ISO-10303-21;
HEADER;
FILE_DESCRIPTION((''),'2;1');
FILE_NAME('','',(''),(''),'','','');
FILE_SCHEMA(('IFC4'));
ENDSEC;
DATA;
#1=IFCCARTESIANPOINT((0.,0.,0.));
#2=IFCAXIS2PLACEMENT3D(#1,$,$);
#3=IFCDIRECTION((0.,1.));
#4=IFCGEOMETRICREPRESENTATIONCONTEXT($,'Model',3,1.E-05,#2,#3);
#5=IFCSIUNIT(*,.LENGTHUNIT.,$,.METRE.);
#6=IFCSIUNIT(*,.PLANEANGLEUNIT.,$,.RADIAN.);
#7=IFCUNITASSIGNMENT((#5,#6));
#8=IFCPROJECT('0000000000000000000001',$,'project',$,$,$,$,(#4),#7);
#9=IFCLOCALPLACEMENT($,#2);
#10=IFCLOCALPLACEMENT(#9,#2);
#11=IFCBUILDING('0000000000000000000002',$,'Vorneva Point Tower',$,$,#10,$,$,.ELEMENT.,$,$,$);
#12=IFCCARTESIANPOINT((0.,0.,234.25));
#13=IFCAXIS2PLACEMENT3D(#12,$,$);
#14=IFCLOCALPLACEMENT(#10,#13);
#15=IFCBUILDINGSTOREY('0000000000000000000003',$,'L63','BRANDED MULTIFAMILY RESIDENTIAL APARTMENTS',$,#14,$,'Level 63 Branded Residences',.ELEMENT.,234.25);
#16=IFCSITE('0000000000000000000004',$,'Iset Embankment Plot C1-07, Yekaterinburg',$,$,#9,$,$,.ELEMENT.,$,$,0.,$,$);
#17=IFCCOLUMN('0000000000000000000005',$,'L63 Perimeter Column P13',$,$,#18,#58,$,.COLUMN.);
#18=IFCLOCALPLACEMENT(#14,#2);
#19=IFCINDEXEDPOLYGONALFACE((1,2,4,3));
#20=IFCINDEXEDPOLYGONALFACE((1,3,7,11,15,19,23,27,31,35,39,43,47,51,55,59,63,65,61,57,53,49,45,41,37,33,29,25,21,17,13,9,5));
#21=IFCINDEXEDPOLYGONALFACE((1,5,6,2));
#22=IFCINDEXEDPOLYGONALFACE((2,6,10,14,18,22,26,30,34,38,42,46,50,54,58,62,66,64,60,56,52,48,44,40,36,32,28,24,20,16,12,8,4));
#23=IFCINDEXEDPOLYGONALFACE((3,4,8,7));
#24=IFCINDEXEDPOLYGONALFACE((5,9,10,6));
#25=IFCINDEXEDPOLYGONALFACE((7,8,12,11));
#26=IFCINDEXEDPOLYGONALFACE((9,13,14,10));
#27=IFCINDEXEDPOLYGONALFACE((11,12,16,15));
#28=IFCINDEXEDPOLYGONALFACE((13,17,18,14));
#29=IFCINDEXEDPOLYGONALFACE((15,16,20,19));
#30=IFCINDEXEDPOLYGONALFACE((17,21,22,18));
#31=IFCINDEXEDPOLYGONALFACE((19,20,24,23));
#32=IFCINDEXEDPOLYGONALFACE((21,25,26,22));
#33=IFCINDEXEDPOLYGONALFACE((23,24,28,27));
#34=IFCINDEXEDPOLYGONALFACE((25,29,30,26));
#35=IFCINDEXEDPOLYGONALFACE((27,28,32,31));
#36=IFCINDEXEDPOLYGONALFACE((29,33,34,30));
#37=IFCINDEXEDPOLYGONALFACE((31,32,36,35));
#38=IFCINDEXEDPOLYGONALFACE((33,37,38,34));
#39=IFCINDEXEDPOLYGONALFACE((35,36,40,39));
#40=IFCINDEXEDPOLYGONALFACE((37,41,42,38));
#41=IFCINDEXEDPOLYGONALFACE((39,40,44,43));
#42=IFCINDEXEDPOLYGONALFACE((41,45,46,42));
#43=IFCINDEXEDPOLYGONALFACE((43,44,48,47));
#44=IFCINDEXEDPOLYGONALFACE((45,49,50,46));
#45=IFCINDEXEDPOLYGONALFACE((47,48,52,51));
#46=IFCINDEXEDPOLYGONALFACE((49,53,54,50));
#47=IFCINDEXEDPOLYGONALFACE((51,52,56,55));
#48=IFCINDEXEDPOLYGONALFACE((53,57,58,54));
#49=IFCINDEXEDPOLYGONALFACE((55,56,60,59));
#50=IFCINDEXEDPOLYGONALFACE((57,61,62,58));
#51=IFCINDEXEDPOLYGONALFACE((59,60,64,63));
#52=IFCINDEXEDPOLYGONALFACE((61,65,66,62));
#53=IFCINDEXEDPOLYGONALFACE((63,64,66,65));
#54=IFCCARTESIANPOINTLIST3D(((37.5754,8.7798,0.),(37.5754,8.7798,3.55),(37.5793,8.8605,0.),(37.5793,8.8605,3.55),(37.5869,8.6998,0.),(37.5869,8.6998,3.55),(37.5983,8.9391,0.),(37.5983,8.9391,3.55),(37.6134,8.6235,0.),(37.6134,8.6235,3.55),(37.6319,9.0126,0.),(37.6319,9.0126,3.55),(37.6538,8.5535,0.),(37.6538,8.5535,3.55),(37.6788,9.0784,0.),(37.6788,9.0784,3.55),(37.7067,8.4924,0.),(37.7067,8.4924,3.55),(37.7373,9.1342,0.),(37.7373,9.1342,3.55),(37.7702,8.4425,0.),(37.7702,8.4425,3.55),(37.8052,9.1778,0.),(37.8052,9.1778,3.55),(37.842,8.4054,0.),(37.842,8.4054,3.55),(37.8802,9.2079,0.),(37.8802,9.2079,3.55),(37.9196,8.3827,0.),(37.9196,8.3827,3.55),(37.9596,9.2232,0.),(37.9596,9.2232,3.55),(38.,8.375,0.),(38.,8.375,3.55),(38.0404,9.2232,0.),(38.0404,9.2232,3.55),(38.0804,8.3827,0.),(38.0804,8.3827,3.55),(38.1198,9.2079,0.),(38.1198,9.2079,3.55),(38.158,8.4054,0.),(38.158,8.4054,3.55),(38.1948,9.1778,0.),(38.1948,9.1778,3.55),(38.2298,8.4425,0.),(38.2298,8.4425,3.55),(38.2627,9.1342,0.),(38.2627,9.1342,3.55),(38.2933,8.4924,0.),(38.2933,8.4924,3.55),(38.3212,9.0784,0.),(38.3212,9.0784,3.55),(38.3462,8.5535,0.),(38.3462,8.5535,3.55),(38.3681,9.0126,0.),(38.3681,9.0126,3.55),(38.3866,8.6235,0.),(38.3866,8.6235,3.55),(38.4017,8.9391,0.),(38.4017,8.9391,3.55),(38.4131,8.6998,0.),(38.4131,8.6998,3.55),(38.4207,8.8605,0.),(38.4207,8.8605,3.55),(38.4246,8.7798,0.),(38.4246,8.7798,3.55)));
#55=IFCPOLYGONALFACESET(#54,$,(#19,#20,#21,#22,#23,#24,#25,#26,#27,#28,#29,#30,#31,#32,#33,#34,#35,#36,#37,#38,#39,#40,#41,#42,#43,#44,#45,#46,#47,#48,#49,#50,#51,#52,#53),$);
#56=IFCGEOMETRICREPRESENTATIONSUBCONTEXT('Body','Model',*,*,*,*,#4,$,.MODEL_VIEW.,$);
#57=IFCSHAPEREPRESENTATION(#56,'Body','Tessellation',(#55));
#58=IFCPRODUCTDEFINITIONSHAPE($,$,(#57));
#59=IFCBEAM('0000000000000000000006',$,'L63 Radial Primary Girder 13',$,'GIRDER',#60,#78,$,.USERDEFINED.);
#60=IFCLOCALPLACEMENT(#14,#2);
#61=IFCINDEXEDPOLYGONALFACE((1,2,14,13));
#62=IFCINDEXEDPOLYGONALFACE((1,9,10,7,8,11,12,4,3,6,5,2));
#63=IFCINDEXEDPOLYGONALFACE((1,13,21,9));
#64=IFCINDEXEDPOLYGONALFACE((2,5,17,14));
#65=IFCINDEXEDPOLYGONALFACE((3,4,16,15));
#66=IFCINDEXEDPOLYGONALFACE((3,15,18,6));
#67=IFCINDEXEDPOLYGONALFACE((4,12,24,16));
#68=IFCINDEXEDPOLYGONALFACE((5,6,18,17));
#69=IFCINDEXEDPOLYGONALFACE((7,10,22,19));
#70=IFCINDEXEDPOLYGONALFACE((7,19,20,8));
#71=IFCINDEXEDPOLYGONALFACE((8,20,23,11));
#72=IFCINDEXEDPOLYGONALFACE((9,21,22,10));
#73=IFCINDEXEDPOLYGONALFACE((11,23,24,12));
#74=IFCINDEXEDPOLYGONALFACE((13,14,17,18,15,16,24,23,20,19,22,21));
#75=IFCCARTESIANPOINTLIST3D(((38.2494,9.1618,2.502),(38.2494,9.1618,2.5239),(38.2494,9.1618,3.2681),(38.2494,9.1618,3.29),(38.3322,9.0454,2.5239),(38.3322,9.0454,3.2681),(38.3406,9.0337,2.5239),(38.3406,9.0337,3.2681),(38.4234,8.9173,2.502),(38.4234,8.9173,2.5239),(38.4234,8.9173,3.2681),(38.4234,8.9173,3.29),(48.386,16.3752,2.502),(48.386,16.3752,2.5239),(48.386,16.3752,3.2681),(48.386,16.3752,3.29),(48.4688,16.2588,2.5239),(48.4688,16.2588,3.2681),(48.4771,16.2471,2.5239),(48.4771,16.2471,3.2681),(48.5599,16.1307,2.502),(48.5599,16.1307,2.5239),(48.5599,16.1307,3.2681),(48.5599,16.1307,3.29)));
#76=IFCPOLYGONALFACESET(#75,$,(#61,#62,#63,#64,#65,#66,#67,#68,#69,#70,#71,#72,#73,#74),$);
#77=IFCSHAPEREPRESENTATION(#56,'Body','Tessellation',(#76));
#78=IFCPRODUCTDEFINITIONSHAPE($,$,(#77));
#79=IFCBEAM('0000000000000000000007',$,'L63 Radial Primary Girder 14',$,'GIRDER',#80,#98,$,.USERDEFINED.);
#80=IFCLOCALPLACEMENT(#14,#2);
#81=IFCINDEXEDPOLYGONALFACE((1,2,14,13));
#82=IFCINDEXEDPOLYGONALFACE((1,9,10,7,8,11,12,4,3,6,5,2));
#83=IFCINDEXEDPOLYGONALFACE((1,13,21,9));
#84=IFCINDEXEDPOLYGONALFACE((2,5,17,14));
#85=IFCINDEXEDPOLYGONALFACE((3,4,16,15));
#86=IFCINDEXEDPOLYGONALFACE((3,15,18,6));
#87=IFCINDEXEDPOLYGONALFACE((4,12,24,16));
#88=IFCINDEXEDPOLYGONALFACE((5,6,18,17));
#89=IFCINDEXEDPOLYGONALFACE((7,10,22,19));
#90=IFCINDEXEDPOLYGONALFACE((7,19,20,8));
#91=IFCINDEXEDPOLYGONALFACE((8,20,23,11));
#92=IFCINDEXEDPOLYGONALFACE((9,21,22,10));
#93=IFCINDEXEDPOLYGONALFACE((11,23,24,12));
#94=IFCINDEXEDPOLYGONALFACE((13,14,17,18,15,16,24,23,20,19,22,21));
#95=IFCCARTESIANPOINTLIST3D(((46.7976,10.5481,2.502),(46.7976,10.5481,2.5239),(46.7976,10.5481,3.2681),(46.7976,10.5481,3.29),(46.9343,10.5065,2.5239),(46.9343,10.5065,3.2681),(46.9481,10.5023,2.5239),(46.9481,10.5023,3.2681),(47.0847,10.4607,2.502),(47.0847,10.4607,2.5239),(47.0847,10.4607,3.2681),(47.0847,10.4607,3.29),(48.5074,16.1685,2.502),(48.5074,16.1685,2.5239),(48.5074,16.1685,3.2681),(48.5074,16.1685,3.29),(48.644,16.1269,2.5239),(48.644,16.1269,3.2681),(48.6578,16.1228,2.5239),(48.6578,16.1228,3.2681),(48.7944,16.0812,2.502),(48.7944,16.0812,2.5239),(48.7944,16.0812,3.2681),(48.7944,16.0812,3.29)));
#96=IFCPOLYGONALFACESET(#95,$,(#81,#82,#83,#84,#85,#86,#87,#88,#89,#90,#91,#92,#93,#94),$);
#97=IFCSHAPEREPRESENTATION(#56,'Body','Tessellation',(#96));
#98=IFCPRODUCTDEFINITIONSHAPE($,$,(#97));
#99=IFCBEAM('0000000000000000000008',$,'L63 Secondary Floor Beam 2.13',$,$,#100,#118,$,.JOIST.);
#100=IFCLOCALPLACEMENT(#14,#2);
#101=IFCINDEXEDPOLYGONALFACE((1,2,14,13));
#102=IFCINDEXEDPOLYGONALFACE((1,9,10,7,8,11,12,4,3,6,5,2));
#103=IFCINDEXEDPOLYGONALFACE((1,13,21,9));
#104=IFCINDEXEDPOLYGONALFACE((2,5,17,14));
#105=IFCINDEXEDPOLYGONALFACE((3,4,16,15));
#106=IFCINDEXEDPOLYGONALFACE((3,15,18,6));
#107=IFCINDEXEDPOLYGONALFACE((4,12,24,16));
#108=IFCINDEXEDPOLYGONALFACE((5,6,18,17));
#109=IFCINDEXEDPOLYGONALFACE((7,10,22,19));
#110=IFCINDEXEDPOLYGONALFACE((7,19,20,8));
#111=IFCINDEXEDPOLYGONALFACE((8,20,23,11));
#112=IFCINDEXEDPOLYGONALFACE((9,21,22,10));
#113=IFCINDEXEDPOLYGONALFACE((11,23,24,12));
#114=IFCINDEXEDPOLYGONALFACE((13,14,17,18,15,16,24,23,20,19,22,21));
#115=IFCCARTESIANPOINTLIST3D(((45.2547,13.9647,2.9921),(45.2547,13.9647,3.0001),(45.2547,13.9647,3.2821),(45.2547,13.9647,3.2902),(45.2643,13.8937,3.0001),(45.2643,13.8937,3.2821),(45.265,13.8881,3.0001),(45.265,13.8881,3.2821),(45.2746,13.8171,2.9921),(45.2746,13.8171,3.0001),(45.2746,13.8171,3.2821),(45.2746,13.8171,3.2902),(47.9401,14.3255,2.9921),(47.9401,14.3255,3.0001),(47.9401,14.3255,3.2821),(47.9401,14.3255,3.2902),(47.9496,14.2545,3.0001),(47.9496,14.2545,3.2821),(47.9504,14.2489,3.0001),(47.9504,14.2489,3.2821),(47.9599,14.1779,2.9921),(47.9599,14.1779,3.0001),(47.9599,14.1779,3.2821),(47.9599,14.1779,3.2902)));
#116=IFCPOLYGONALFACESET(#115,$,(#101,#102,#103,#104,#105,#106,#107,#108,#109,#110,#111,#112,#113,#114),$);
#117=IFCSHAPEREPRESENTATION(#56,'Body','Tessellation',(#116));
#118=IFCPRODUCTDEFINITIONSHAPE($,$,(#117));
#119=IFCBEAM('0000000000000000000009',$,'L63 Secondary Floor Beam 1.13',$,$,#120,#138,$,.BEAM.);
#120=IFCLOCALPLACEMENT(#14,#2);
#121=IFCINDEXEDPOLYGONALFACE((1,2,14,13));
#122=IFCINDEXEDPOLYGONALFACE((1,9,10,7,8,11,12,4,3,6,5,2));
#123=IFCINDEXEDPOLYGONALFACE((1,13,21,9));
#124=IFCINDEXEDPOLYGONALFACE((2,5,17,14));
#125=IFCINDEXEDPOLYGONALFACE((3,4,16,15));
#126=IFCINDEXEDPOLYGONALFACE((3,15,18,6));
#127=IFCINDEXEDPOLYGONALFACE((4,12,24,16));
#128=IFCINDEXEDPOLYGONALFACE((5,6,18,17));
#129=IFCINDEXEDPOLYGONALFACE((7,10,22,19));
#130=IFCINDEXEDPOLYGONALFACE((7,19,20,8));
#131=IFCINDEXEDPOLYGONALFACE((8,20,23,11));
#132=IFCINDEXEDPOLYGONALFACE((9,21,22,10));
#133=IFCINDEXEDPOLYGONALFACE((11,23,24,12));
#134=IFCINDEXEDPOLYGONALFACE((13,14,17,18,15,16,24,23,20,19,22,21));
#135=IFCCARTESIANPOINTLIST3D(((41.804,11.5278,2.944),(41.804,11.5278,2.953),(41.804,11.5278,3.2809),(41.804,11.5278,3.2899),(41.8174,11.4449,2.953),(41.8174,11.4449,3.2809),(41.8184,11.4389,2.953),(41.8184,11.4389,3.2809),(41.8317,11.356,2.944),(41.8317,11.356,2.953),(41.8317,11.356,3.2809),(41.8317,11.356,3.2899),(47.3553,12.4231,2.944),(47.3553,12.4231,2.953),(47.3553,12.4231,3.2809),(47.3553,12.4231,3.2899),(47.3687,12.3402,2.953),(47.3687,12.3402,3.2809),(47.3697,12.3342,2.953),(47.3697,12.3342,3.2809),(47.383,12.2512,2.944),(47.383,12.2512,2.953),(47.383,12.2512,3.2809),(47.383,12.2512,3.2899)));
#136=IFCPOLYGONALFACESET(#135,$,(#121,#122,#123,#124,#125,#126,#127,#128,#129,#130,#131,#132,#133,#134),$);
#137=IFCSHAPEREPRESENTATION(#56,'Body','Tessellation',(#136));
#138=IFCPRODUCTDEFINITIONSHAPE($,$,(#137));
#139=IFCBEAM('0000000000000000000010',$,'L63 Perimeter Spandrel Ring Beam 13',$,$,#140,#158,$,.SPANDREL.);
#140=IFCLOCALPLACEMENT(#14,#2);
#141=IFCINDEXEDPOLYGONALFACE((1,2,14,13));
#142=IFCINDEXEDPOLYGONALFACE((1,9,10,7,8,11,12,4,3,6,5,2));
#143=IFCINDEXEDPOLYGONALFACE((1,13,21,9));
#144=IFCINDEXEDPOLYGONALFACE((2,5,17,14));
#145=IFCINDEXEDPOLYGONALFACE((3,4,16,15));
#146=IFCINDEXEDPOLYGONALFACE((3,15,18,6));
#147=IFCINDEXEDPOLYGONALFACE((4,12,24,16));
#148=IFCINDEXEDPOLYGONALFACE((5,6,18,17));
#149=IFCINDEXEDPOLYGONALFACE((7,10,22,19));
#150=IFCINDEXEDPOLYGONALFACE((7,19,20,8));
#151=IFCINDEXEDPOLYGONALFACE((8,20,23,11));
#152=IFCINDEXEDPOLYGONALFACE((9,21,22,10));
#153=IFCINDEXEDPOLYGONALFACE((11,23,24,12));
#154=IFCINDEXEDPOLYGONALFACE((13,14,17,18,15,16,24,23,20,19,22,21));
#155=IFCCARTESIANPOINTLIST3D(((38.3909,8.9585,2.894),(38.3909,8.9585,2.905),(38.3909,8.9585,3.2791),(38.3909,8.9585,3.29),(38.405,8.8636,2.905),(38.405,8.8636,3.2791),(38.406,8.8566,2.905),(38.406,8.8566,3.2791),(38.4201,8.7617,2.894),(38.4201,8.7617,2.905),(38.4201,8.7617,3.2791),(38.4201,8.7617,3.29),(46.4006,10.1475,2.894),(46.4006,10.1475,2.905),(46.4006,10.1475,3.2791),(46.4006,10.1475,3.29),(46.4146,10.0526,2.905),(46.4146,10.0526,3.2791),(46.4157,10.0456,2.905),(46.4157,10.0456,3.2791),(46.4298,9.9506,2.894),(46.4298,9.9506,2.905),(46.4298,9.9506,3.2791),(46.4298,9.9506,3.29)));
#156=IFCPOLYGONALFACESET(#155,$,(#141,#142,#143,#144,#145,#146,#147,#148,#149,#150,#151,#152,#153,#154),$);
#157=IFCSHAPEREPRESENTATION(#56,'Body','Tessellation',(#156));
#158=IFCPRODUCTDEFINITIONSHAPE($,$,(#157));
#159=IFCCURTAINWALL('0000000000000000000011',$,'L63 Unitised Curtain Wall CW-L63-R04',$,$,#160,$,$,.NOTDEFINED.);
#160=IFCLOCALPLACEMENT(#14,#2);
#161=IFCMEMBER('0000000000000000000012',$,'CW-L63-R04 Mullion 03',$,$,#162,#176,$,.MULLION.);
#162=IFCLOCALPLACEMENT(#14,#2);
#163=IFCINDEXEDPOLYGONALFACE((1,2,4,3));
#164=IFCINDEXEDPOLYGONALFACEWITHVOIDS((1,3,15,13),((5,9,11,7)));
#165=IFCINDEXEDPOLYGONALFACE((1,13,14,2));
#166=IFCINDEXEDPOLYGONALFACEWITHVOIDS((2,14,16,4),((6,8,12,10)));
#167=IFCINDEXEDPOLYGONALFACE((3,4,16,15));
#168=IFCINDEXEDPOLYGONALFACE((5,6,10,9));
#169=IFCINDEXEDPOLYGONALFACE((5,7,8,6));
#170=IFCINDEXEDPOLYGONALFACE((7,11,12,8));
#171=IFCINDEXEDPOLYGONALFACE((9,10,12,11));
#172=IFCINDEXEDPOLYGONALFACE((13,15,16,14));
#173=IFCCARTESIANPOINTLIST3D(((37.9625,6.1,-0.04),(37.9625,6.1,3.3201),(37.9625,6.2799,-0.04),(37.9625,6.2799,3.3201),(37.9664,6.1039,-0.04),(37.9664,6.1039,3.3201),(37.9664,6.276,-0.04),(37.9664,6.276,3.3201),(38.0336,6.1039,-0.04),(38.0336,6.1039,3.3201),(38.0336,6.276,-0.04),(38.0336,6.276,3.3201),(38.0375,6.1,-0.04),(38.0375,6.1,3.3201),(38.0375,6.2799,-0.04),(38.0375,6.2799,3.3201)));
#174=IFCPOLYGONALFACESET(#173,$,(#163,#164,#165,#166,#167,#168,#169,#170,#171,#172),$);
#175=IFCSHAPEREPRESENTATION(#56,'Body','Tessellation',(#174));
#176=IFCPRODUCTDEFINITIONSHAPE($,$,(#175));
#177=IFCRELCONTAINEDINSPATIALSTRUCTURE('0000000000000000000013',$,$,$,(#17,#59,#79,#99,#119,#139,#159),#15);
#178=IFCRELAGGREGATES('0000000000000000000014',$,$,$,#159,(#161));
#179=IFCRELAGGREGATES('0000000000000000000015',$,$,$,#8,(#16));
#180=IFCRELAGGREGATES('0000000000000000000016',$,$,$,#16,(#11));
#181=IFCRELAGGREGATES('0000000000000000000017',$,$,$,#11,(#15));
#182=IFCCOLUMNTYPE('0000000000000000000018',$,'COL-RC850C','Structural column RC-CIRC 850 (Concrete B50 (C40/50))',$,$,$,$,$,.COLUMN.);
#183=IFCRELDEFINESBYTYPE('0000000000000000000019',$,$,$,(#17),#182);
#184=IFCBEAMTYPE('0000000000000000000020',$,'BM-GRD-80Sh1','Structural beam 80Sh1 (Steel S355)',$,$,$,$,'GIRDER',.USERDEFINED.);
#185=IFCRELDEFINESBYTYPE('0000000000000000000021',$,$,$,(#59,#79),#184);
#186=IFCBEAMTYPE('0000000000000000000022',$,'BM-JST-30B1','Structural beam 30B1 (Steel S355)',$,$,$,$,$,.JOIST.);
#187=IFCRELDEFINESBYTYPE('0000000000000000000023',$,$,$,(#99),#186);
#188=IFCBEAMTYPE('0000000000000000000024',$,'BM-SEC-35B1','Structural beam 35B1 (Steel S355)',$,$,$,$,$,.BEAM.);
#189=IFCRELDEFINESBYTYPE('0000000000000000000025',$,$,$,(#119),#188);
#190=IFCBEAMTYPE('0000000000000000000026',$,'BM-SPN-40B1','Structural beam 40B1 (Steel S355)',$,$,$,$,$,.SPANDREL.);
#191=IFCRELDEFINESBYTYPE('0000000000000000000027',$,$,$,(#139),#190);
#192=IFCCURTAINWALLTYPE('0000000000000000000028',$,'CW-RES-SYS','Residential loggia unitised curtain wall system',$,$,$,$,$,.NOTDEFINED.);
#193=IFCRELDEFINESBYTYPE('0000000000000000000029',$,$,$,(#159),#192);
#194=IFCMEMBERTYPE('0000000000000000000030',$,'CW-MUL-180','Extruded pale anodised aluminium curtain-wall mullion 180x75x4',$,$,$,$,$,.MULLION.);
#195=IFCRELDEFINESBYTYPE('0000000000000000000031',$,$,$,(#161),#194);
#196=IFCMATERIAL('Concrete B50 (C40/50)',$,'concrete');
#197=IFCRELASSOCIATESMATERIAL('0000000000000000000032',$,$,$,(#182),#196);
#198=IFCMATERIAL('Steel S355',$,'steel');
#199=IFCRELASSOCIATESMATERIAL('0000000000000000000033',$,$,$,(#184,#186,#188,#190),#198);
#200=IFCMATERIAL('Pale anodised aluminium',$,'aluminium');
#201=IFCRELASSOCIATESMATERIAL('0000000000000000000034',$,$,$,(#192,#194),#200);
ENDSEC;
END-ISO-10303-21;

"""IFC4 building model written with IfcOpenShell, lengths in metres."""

from ifc_helpers import new_model, si_unit, direction, frame, origin, origin_2d, place, context, subcontext, project, spatial, hollow_rectangle, circle, i_section, extrude, material, material_profile, profile_set, type_object, element, aggregate, save


model = new_model("IFC4")

# Units and contexts
model_context = context("Model", 3, precision=1e-05, world=origin(), true_north=direction((0.0, 1.0)))
body_context = subcontext(model_context, "Body", "Model", "MODEL_VIEW")
ifc_project = project(units=[si_unit("LENGTHUNIT", "METRE"), si_unit("PLANEANGLEUNIT", "RADIAN")], contexts=[model_context])

# Site, building, storey
site_placement = place(None, origin())
site = spatial("IfcSite", under=ifc_project, at=site_placement, Name="Iset Embankment Plot C1-07, Yekaterinburg", CompositionType="ELEMENT", RefElevation=0.0)
building_placement = place(site_placement, origin())
building = spatial("IfcBuilding", under=site, at=building_placement, Name="Vorneva Point Tower", CompositionType="ELEMENT")
storey_placement = place(building_placement, frame((0.0, 0.0, 234.25)))
storey = spatial("IfcBuildingStorey", under=building, at=storey_placement, Name="L63", Description="BRANDED MULTIFAMILY RESIDENTIAL APARTMENTS", LongName="Level 63 Branded Residences", CompositionType="ELEMENT", Elevation=234.25)

# Column
ifc_material_1 = material(Name="Concrete B50 (C40/50)", Category="concrete")
ifc_material_profile_1 = material_profile(ifc_material_1, circle(Radius=0.425, at=origin_2d()), Name="RC-CIRC 850")
ifc_profile_set_1 = profile_set([ifc_material_profile_1], Name="Concrete B50 (C40/50)")
column_type = type_object("IfcColumnType", Name="COL-RC850C", Description="Structural column RC-CIRC 850 (Concrete B50 (C40/50))", PredefinedType="COLUMN", material=ifc_profile_set_1)
for number, where, z_axis, x_axis, name in (
    (1, (38.0, 8.8, 0.0), (0.0, 0.0, 1.0), (0.0, -1.0, 0.0), "L63 Perimeter Column P13"),
):
    element("IfcColumn", number, at=place(storey_placement, frame(where, z_axis=z_axis, x_axis=x_axis)), inside=storey, type_object=column_type, Name=name, PredefinedType="COLUMN", context=body_context, shape_type="SweptSolid", body=[
        extrude(circle(Radius=0.425, at=origin_2d()), origin(), (0.0, 0.0, 1.0), 3.55),
    ])

# Beams
ifc_material_2 = material(Name="Steel S355", Category="steel")
ifc_material_profile_2 = material_profile(ifc_material_2, i_section(OverallWidth=0.3, OverallDepth=0.7881, WebThickness=0.0144, FlangeThickness=0.022, at=origin_2d()), Name="80Sh1")
ifc_profile_set_2 = profile_set([ifc_material_profile_2], Name="Steel S355")
beam_type_1 = type_object("IfcBeamType", Name="BM-GRD-80Sh1", Description="Structural beam 80Sh1 (Steel S355)", ElementType="GIRDER", PredefinedType="USERDEFINED", material=ifc_profile_set_2)
beam_1_placement = place(storey_placement, frame((38.3364, 9.0396, 2.896), z_axis=(0.814757, 0.579802, 0.0), x_axis=(-0.579802, 0.814757, 0.0)))
element("IfcBeam", 2, at=beam_1_placement, inside=storey, type_object=beam_type_1, Name="L63 Radial Primary Girder 13", ObjectType="GIRDER", PredefinedType="USERDEFINED", context=body_context, shape_type="SweptSolid", body=[
    extrude(i_section(OverallWidth=0.3, OverallDepth=0.7881, WebThickness=0.0144, FlangeThickness=0.022, at=origin_2d()), origin(), (0.0, 0.0, 1.0), 12.4412),
])
beam_2_placement = place(storey_placement, frame((46.9412, 10.5044, 2.896), z_axis=(0.291033, 0.956713, 0.0), x_axis=(-0.956713, 0.291033, 0.0)))
element("IfcBeam", 3, at=beam_2_placement, inside=storey, type_object=beam_type_1, Name="L63 Radial Primary Girder 14", ObjectType="GIRDER", PredefinedType="USERDEFINED", context=body_context, shape_type="SweptSolid", body=[
    extrude(i_section(OverallWidth=0.3, OverallDepth=0.7881, WebThickness=0.0144, FlangeThickness=0.022, at=origin_2d()), origin(), (0.0, 0.0, 1.0), 5.8748),
])
ifc_material_profile_3 = material_profile(ifc_material_2, i_section(OverallWidth=0.1489, OverallDepth=0.2981, WebThickness=0.0056, FlangeThickness=0.0081, at=origin_2d()), Name="30B1")
ifc_profile_set_3 = profile_set([ifc_material_profile_3], Name="Steel S355")
beam_type_2 = type_object("IfcBeamType", Name="BM-JST-30B1", Description="Structural beam 30B1 (Steel S355)", PredefinedType="JOIST", material=ifc_profile_set_3)
beam_3_placement = place(storey_placement, frame((45.2646, 13.8909, 3.1411), z_axis=(0.991092, 0.133179, 0.0), x_axis=(-0.133179, 0.991092, 0.0)))
element("IfcBeam", 4, at=beam_3_placement, inside=storey, type_object=beam_type_2, Name="L63 Secondary Floor Beam 2.13", PredefinedType="JOIST", context=body_context, shape_type="SweptSolid", body=[
    extrude(i_section(OverallWidth=0.1489, OverallDepth=0.2981, WebThickness=0.0056, FlangeThickness=0.0081, at=origin_2d()), origin(), (0.0, 0.0, 1.0), 2.7095),
])
ifc_material_profile_4 = material_profile(ifc_material_2, i_section(OverallWidth=0.1741, OverallDepth=0.3459, WebThickness=0.0061, FlangeThickness=0.009, at=origin_2d()), Name="35B1")
ifc_profile_set_4 = profile_set([ifc_material_profile_4], Name="Steel S355")
beam_type_3 = type_object("IfcBeamType", Name="BM-SEC-35B1", Description="Structural beam 35B1 (Steel S355)", PredefinedType="BEAM", material=ifc_profile_set_4)
beam_4_placement = place(storey_placement, frame((41.8179, 11.4419, 3.1169), z_axis=(0.987244, 0.159215, 0.0), x_axis=(-0.159215, 0.987244, 0.0)))
element("IfcBeam", 5, at=beam_4_placement, inside=storey, type_object=beam_type_3, Name="L63 Secondary Floor Beam 1.13", PredefinedType="BEAM", context=body_context, shape_type="SweptSolid", body=[
    extrude(i_section(OverallWidth=0.1741, OverallDepth=0.3459, WebThickness=0.0061, FlangeThickness=0.009, at=origin_2d()), origin(), (0.0, 0.0, 1.0), 5.623),
])
ifc_material_profile_5 = material_profile(ifc_material_2, i_section(OverallWidth=0.199, OverallDepth=0.396, WebThickness=0.0071, FlangeThickness=0.011, at=origin_2d()), Name="40B1")
ifc_profile_set_5 = profile_set([ifc_material_profile_5], Name="Steel S355")
beam_type_4 = type_object("IfcBeamType", Name="BM-SPN-40B1", Description="Structural beam 40B1 (Steel S355)", PredefinedType="SPANDREL", material=ifc_profile_set_5)
beam_5_placement = place(storey_placement, frame((38.4055, 8.8601, 3.092), z_axis=(0.989162, 0.146831, 0.0), x_axis=(-0.146831, 0.989162, 0.0)))
element("IfcBeam", 6, at=beam_5_placement, inside=storey, type_object=beam_type_4, Name="L63 Perimeter Spandrel Ring Beam 13", PredefinedType="SPANDREL", context=body_context, shape_type="SweptSolid", body=[
    extrude(i_section(OverallWidth=0.199, OverallDepth=0.396, WebThickness=0.0071, FlangeThickness=0.011, at=origin_2d()), origin(), (0.0, 0.0, 1.0), 8.0974),
])

# Curtain wall, member
ifc_material_3 = material(Name="Pale anodised aluminium", Category="aluminium")
curtain_wall_type = type_object("IfcCurtainWallType", Name="CW-RES-SYS", Description="Residential loggia unitised curtain wall system", PredefinedType="NOTDEFINED", material=ifc_material_3)
curtain_wall_placement = place(storey_placement, origin())
curtain_wall = element("IfcCurtainWall", 7, at=curtain_wall_placement, inside=storey, type_object=curtain_wall_type, Name="L63 Unitised Curtain Wall CW-L63-R04", PredefinedType="NOTDEFINED")
ifc_material_profile_6 = material_profile(ifc_material_3, hollow_rectangle(XDim=0.075, YDim=0.1799, WallThickness=0.0039, at=origin_2d()), Name="AL-MUL 180x75x4")
ifc_profile_set_6 = profile_set([ifc_material_profile_6], Name="Pale anodised aluminium")
member_type_1 = type_object("IfcMemberType", Name="CW-MUL-180", Description="Extruded pale anodised aluminium curtain-wall mullion 180x75x4", PredefinedType="MULLION", material=ifc_profile_set_6)
member_1_placement = place(storey_placement, frame((38.0, 6.1899, -0.04), z_axis=(0.0, 0.0, 1.0), x_axis=(1.0, 0.0, 0.0)))
member_1 = element("IfcMember", 8, at=member_1_placement, type_object=member_type_1, Name="CW-L63-R04 Mullion 03", PredefinedType="MULLION", context=body_context, shape_type="SweptSolid", body=[
    extrude(hollow_rectangle(XDim=0.075, YDim=0.1799, WallThickness=0.0039, at=origin_2d()), origin(), (0.0, 0.0, 1.0), 3.3601),
])
aggregate(curtain_wall, [member_1])

save(model, "model.ifc")
